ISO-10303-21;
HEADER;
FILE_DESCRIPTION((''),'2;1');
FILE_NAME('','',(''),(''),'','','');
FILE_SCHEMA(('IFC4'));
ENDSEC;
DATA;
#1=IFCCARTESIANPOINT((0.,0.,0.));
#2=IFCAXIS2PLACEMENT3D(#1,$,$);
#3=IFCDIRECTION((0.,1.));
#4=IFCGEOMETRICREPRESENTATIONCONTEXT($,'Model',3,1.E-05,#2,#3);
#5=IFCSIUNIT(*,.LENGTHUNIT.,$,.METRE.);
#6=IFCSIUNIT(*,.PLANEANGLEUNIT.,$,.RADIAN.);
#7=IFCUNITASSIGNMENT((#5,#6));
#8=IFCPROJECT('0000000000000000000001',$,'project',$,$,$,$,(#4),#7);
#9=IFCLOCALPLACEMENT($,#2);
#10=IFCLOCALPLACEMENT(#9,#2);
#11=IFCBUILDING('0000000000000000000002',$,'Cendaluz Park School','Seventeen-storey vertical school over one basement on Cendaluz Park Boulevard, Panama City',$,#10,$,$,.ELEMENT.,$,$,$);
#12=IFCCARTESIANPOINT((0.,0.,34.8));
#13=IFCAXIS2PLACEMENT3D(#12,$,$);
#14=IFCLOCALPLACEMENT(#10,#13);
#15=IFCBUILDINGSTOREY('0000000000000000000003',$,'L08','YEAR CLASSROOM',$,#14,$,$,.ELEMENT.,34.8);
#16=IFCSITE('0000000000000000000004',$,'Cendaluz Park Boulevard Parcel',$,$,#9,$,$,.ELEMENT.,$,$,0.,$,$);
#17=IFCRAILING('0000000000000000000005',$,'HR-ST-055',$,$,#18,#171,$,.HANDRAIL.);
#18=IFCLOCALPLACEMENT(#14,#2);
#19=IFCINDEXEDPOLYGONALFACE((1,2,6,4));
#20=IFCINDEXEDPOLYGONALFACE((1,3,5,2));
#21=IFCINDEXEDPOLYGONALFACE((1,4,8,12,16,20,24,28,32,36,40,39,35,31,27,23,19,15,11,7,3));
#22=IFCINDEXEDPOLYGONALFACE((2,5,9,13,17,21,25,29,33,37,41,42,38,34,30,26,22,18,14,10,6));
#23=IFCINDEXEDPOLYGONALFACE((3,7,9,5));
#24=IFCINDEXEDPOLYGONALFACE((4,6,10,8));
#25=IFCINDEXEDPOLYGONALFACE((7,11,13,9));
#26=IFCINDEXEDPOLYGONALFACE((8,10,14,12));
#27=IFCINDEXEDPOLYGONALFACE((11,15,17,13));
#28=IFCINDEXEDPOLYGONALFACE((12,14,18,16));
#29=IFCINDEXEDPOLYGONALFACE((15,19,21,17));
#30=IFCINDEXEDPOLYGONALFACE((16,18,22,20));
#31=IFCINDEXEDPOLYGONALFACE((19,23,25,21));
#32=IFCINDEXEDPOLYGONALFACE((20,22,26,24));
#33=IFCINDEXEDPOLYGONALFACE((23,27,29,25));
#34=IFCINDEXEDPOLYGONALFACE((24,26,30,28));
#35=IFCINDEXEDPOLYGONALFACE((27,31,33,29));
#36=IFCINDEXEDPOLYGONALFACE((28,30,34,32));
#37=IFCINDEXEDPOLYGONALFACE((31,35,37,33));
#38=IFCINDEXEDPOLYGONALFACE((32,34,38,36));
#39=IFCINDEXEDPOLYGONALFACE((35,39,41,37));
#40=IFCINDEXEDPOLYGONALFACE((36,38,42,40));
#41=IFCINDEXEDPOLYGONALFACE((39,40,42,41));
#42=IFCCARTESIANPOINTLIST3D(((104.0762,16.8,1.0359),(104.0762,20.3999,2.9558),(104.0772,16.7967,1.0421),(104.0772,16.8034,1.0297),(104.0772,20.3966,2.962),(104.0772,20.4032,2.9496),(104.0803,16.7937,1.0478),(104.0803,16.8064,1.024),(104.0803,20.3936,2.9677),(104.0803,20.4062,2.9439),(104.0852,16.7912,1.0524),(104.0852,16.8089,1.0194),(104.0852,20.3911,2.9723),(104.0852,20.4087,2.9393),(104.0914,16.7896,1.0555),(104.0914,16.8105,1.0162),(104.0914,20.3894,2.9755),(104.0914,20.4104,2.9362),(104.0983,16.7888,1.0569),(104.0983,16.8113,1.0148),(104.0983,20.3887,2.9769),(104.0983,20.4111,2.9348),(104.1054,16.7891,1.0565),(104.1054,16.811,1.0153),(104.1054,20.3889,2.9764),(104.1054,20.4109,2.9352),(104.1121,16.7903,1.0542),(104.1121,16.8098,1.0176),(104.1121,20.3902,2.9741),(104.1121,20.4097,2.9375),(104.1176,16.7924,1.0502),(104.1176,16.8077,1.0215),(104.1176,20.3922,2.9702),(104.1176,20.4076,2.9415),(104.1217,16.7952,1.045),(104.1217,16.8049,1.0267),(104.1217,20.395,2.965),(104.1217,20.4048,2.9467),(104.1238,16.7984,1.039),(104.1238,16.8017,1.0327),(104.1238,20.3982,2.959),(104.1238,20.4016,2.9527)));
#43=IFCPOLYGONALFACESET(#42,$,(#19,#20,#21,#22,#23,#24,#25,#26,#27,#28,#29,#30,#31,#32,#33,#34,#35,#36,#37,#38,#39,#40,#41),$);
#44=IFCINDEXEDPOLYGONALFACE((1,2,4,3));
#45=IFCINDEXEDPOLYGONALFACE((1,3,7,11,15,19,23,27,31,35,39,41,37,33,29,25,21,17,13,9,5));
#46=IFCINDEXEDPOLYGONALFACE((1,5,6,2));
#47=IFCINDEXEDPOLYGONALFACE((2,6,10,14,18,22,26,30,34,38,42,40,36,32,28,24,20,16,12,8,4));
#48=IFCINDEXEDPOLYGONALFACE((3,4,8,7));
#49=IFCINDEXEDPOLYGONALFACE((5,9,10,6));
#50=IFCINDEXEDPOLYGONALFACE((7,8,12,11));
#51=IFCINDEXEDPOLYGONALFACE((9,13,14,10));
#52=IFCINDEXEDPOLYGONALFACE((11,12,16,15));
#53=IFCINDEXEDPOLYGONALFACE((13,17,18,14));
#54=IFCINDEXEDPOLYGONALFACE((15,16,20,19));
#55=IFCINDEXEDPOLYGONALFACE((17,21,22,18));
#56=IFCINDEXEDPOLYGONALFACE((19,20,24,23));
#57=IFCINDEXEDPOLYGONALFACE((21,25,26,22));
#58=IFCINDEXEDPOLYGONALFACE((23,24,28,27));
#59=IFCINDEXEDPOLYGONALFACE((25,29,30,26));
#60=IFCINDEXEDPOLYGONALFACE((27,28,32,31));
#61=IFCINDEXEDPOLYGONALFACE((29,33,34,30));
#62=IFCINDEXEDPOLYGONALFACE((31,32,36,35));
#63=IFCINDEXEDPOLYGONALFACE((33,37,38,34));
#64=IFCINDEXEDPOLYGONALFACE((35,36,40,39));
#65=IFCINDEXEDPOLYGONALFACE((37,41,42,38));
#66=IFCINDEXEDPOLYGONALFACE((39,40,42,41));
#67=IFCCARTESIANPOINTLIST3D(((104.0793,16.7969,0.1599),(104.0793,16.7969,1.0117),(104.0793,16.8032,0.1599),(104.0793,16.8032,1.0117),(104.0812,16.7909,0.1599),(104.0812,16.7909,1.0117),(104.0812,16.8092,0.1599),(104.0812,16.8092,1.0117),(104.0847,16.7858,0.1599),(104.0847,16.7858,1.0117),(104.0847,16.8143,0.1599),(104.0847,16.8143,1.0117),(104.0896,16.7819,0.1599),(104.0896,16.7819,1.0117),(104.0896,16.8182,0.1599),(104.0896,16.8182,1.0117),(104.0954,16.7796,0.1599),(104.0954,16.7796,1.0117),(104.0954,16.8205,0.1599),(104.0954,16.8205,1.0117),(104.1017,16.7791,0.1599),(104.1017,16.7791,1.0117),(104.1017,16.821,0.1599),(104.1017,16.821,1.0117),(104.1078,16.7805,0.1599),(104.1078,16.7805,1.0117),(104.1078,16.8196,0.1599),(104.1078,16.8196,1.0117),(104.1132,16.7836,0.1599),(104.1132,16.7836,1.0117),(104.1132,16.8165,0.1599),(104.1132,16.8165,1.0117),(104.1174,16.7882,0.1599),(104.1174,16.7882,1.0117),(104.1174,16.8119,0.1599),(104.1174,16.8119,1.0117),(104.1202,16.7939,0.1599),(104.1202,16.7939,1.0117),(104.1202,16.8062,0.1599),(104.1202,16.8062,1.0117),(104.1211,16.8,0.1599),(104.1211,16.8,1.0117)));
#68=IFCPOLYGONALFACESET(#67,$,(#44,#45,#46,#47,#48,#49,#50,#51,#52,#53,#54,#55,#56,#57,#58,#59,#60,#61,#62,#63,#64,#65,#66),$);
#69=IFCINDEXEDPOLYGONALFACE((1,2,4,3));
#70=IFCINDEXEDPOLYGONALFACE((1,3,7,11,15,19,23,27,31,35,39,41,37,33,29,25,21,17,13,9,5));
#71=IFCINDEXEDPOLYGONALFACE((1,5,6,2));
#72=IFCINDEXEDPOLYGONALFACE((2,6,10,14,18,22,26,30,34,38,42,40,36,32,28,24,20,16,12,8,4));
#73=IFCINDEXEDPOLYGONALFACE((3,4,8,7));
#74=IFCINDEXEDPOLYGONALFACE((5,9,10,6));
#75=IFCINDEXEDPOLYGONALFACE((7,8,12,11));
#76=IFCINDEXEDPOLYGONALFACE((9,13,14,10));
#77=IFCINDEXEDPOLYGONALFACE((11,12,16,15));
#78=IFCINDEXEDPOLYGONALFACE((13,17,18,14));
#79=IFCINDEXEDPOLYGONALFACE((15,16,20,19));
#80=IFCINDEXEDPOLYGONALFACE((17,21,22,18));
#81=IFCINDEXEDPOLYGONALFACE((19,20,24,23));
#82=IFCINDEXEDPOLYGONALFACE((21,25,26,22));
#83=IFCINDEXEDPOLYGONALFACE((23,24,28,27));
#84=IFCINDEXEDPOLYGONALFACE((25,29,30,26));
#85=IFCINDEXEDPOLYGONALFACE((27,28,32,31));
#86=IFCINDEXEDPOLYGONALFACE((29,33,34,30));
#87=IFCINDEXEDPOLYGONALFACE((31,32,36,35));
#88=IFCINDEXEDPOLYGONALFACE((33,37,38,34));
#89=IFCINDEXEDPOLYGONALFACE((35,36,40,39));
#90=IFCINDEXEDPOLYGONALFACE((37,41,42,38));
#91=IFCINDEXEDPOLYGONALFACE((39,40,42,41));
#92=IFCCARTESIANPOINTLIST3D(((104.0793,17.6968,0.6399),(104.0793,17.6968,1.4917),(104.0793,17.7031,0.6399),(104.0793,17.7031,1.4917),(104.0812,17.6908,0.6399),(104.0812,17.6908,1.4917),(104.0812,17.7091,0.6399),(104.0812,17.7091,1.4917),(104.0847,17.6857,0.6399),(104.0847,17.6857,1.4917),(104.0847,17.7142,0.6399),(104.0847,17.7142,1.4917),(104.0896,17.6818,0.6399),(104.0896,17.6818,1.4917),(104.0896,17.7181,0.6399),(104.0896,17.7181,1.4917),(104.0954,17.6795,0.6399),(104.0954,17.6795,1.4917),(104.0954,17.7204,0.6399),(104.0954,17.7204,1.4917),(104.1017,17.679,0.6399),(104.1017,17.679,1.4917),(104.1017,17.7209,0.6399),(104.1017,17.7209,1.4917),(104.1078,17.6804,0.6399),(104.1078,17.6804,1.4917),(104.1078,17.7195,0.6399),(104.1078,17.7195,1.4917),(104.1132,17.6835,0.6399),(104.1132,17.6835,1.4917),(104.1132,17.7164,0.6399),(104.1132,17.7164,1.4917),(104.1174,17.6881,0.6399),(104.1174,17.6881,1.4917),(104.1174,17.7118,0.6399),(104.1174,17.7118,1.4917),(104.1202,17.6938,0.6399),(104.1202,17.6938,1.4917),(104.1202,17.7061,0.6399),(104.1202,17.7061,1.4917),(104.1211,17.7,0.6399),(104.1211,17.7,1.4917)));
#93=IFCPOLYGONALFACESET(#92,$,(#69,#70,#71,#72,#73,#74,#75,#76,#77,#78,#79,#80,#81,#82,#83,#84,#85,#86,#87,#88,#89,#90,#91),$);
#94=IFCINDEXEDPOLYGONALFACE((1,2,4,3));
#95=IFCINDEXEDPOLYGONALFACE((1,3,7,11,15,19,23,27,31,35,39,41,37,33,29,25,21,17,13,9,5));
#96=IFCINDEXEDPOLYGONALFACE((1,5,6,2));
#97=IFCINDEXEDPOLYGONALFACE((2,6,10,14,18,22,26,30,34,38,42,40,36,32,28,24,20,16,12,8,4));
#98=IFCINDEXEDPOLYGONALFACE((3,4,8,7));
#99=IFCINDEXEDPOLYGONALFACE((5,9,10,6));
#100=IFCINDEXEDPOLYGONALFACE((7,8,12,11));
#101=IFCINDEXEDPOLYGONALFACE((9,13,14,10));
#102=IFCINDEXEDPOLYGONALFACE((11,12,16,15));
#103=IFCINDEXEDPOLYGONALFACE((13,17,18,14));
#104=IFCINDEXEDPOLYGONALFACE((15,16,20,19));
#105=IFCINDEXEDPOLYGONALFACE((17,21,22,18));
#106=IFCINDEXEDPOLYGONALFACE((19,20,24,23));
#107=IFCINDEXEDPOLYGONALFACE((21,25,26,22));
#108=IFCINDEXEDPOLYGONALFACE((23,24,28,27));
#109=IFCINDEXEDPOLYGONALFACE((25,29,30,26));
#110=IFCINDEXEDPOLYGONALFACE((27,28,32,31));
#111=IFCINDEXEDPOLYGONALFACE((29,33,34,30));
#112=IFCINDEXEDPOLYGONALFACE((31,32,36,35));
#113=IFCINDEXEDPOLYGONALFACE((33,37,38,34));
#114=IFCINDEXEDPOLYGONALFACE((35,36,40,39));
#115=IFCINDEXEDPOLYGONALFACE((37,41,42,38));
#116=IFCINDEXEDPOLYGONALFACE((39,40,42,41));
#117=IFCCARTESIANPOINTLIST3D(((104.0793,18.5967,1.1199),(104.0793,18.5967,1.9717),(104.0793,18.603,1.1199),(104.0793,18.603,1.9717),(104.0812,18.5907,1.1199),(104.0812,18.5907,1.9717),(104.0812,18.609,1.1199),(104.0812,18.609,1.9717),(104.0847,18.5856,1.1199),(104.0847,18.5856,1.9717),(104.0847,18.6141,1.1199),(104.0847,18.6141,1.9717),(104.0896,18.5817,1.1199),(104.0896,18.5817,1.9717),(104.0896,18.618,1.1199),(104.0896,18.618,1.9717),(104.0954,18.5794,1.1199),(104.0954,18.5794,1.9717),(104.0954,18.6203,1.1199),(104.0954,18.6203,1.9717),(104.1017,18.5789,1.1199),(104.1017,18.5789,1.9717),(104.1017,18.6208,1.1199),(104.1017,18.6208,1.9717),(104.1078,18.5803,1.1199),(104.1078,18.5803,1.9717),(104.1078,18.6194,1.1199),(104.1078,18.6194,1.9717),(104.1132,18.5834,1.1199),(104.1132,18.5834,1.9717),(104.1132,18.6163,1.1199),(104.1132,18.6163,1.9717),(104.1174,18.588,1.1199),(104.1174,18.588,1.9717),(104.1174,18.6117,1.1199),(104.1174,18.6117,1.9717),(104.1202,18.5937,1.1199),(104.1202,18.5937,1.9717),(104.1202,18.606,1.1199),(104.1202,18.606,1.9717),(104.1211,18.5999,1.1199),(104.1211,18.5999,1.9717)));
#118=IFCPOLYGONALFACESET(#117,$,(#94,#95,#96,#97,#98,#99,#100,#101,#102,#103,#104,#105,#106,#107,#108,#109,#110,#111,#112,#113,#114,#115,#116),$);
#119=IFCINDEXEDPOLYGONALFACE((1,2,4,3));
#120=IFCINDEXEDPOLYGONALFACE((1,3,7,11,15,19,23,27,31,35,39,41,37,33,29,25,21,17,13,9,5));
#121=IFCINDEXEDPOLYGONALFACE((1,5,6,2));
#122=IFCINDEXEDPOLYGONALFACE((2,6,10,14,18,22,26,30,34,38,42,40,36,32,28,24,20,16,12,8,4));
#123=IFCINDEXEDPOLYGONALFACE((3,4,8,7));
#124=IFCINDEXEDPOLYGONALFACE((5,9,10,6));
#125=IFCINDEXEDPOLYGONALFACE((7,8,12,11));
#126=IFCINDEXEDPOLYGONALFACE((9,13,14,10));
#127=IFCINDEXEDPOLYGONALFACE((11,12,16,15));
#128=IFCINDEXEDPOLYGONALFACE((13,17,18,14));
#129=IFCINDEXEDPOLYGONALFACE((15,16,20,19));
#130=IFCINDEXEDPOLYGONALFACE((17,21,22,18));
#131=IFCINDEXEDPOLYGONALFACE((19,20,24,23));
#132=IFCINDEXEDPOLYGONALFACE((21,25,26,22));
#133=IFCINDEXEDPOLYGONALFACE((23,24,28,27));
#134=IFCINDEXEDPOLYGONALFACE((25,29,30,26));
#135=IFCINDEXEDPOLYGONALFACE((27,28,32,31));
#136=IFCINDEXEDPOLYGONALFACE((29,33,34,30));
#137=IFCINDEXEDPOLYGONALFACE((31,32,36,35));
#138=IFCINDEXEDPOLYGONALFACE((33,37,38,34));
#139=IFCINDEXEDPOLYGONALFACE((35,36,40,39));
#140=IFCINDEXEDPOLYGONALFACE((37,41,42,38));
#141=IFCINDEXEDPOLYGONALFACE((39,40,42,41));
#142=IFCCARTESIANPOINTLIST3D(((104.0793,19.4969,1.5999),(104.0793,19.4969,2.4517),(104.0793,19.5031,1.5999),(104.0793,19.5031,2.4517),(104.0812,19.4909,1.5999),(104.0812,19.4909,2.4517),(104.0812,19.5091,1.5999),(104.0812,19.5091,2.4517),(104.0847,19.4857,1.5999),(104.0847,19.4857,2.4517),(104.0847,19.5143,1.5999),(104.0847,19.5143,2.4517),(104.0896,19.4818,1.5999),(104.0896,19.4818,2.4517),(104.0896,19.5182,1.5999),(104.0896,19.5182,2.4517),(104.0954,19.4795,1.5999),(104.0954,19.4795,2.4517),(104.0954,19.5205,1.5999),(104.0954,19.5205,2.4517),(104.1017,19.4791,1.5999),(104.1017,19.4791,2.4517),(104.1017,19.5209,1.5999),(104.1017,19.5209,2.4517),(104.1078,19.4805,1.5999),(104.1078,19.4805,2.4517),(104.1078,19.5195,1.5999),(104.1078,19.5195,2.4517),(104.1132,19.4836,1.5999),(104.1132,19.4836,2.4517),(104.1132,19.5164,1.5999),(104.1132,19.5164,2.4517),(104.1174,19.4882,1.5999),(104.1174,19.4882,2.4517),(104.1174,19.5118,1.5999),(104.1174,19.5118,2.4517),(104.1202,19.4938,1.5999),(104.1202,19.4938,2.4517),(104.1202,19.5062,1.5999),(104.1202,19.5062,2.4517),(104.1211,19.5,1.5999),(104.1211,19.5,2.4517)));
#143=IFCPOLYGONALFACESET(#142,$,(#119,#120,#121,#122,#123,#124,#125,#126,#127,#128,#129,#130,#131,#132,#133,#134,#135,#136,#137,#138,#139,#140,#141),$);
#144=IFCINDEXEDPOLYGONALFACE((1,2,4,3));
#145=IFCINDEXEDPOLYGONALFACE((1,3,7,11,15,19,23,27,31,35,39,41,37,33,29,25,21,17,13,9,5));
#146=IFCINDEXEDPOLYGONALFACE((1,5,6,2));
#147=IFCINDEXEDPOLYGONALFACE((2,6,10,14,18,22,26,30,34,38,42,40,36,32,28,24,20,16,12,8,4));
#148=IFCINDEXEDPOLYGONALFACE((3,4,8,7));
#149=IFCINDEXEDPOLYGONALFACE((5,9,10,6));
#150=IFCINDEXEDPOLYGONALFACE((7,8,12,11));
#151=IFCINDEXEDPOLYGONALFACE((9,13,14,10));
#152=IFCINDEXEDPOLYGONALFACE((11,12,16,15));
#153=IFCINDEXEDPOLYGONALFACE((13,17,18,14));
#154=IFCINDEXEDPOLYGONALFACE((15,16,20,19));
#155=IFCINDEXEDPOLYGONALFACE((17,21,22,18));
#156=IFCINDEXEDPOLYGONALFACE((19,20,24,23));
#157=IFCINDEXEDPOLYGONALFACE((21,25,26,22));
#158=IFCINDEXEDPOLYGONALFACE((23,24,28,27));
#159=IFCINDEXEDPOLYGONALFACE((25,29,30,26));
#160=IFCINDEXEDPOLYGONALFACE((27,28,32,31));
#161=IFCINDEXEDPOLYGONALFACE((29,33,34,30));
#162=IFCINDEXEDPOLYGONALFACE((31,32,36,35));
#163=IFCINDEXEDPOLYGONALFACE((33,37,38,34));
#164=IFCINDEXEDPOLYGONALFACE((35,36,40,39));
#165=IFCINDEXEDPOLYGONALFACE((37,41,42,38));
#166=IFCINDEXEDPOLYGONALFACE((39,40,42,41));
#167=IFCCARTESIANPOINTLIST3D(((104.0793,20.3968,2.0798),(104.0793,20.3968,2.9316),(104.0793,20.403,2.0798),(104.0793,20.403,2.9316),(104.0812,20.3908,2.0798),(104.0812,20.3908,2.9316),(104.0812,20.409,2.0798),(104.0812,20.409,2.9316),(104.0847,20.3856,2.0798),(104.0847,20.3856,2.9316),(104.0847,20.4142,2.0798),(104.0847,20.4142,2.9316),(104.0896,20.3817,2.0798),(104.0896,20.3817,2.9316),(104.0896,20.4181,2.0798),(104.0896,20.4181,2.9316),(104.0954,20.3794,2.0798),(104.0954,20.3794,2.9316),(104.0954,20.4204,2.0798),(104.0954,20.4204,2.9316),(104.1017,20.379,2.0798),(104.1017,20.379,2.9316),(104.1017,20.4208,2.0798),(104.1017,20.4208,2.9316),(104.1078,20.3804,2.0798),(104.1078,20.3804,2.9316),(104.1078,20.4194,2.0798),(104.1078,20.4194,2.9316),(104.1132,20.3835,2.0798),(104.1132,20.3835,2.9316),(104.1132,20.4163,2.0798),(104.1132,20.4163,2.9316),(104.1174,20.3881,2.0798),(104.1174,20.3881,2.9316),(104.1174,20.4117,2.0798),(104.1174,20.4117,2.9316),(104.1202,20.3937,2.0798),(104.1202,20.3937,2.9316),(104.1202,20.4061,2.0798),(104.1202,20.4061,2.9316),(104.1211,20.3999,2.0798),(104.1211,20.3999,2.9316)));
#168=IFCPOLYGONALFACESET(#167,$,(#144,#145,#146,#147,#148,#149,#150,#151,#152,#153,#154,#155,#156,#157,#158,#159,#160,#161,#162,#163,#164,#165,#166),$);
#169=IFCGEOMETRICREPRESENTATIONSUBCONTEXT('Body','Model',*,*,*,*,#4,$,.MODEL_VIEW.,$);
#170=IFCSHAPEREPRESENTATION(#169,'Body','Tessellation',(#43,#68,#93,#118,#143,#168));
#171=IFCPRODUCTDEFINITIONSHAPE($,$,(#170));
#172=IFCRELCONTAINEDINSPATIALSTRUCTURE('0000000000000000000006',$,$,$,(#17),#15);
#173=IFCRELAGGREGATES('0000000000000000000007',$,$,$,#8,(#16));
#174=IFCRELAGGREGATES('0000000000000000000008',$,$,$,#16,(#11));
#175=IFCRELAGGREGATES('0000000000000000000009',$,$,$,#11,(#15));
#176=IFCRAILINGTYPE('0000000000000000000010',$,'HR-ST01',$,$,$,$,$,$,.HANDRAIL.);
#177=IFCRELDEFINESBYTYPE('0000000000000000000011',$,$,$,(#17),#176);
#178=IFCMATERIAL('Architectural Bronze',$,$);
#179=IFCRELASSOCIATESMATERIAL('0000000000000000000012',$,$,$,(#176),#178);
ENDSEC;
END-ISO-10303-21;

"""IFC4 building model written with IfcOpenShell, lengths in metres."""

from ifc_helpers import new_model, si_unit, direction, frame, origin, origin_2d, place, context, subcontext, project, spatial, circle, extrude, material, type_object, element, save


model = new_model("IFC4")

# Units and contexts
model_context = context("Model", 3, precision=1e-05, world=origin(), true_north=direction((0.0, 1.0)))
body_context = subcontext(model_context, "Body", "Model", "MODEL_VIEW")
ifc_project = project(units=[si_unit("LENGTHUNIT", "METRE"), si_unit("PLANEANGLEUNIT", "RADIAN")], contexts=[model_context])

# Site, building, storey
site_placement = place(None, origin())
site = spatial("IfcSite", under=ifc_project, at=site_placement, Name="Cendaluz Park Boulevard Parcel", CompositionType="ELEMENT", RefElevation=0.0)
building_placement = place(site_placement, origin())
building = spatial("IfcBuilding", under=site, at=building_placement, Name="Cendaluz Park School", Description="Seventeen-storey vertical school over one basement on Cendaluz Park Boulevard, Panama City", CompositionType="ELEMENT")
storey_placement = place(building_placement, frame((0.0, 0.0, 34.8)))
storey = spatial("IfcBuildingStorey", under=building, at=storey_placement, Name="L08", Description="YEAR CLASSROOM", CompositionType="ELEMENT", Elevation=34.8)

# Railing
ifc_material_1 = material(Name="Architectural Bronze")
railing_type_1 = type_object("IfcRailingType", Name="HR-ST01", PredefinedType="HANDRAIL", material=ifc_material_1)
railing_1_placement = place(storey_placement, frame((104.1001, 16.8, 0.1599)))
element("IfcRailing", 1, at=railing_1_placement, inside=storey, type_object=railing_type_1, Name="HR-ST-055", PredefinedType="HANDRAIL", context=body_context, shape_type="SweptSolid", body=[
    extrude(circle(Radius=0.0239, at=origin_2d()), frame((0.0, 0.0, 0.876), z_axis=(0.0, 0.882353, 0.470588), x_axis=(-1.0, 0.0, 0.0)), (0.0, 0.0, 1.0), 4.0798),
    extrude(circle(Radius=0.021, at=origin_2d()), origin(), (0.0, 0.0, 1.0), 0.8518),
    extrude(circle(Radius=0.021, at=origin_2d()), frame((0.0, 0.8999, 0.48)), (0.0, 0.0, 1.0), 0.8518),
    extrude(circle(Radius=0.021, at=origin_2d()), frame((0.0, 1.7998, 0.96)), (0.0, 0.0, 1.0), 0.8518),
    extrude(circle(Radius=0.021, at=origin_2d()), frame((0.0, 2.7, 1.4399)), (0.0, 0.0, 1.0), 0.8518),
    extrude(circle(Radius=0.021, at=origin_2d()), frame((0.0, 3.5999, 1.9199)), (0.0, 0.0, 1.0), 0.8518),
])

save(model, "model.ifc")
